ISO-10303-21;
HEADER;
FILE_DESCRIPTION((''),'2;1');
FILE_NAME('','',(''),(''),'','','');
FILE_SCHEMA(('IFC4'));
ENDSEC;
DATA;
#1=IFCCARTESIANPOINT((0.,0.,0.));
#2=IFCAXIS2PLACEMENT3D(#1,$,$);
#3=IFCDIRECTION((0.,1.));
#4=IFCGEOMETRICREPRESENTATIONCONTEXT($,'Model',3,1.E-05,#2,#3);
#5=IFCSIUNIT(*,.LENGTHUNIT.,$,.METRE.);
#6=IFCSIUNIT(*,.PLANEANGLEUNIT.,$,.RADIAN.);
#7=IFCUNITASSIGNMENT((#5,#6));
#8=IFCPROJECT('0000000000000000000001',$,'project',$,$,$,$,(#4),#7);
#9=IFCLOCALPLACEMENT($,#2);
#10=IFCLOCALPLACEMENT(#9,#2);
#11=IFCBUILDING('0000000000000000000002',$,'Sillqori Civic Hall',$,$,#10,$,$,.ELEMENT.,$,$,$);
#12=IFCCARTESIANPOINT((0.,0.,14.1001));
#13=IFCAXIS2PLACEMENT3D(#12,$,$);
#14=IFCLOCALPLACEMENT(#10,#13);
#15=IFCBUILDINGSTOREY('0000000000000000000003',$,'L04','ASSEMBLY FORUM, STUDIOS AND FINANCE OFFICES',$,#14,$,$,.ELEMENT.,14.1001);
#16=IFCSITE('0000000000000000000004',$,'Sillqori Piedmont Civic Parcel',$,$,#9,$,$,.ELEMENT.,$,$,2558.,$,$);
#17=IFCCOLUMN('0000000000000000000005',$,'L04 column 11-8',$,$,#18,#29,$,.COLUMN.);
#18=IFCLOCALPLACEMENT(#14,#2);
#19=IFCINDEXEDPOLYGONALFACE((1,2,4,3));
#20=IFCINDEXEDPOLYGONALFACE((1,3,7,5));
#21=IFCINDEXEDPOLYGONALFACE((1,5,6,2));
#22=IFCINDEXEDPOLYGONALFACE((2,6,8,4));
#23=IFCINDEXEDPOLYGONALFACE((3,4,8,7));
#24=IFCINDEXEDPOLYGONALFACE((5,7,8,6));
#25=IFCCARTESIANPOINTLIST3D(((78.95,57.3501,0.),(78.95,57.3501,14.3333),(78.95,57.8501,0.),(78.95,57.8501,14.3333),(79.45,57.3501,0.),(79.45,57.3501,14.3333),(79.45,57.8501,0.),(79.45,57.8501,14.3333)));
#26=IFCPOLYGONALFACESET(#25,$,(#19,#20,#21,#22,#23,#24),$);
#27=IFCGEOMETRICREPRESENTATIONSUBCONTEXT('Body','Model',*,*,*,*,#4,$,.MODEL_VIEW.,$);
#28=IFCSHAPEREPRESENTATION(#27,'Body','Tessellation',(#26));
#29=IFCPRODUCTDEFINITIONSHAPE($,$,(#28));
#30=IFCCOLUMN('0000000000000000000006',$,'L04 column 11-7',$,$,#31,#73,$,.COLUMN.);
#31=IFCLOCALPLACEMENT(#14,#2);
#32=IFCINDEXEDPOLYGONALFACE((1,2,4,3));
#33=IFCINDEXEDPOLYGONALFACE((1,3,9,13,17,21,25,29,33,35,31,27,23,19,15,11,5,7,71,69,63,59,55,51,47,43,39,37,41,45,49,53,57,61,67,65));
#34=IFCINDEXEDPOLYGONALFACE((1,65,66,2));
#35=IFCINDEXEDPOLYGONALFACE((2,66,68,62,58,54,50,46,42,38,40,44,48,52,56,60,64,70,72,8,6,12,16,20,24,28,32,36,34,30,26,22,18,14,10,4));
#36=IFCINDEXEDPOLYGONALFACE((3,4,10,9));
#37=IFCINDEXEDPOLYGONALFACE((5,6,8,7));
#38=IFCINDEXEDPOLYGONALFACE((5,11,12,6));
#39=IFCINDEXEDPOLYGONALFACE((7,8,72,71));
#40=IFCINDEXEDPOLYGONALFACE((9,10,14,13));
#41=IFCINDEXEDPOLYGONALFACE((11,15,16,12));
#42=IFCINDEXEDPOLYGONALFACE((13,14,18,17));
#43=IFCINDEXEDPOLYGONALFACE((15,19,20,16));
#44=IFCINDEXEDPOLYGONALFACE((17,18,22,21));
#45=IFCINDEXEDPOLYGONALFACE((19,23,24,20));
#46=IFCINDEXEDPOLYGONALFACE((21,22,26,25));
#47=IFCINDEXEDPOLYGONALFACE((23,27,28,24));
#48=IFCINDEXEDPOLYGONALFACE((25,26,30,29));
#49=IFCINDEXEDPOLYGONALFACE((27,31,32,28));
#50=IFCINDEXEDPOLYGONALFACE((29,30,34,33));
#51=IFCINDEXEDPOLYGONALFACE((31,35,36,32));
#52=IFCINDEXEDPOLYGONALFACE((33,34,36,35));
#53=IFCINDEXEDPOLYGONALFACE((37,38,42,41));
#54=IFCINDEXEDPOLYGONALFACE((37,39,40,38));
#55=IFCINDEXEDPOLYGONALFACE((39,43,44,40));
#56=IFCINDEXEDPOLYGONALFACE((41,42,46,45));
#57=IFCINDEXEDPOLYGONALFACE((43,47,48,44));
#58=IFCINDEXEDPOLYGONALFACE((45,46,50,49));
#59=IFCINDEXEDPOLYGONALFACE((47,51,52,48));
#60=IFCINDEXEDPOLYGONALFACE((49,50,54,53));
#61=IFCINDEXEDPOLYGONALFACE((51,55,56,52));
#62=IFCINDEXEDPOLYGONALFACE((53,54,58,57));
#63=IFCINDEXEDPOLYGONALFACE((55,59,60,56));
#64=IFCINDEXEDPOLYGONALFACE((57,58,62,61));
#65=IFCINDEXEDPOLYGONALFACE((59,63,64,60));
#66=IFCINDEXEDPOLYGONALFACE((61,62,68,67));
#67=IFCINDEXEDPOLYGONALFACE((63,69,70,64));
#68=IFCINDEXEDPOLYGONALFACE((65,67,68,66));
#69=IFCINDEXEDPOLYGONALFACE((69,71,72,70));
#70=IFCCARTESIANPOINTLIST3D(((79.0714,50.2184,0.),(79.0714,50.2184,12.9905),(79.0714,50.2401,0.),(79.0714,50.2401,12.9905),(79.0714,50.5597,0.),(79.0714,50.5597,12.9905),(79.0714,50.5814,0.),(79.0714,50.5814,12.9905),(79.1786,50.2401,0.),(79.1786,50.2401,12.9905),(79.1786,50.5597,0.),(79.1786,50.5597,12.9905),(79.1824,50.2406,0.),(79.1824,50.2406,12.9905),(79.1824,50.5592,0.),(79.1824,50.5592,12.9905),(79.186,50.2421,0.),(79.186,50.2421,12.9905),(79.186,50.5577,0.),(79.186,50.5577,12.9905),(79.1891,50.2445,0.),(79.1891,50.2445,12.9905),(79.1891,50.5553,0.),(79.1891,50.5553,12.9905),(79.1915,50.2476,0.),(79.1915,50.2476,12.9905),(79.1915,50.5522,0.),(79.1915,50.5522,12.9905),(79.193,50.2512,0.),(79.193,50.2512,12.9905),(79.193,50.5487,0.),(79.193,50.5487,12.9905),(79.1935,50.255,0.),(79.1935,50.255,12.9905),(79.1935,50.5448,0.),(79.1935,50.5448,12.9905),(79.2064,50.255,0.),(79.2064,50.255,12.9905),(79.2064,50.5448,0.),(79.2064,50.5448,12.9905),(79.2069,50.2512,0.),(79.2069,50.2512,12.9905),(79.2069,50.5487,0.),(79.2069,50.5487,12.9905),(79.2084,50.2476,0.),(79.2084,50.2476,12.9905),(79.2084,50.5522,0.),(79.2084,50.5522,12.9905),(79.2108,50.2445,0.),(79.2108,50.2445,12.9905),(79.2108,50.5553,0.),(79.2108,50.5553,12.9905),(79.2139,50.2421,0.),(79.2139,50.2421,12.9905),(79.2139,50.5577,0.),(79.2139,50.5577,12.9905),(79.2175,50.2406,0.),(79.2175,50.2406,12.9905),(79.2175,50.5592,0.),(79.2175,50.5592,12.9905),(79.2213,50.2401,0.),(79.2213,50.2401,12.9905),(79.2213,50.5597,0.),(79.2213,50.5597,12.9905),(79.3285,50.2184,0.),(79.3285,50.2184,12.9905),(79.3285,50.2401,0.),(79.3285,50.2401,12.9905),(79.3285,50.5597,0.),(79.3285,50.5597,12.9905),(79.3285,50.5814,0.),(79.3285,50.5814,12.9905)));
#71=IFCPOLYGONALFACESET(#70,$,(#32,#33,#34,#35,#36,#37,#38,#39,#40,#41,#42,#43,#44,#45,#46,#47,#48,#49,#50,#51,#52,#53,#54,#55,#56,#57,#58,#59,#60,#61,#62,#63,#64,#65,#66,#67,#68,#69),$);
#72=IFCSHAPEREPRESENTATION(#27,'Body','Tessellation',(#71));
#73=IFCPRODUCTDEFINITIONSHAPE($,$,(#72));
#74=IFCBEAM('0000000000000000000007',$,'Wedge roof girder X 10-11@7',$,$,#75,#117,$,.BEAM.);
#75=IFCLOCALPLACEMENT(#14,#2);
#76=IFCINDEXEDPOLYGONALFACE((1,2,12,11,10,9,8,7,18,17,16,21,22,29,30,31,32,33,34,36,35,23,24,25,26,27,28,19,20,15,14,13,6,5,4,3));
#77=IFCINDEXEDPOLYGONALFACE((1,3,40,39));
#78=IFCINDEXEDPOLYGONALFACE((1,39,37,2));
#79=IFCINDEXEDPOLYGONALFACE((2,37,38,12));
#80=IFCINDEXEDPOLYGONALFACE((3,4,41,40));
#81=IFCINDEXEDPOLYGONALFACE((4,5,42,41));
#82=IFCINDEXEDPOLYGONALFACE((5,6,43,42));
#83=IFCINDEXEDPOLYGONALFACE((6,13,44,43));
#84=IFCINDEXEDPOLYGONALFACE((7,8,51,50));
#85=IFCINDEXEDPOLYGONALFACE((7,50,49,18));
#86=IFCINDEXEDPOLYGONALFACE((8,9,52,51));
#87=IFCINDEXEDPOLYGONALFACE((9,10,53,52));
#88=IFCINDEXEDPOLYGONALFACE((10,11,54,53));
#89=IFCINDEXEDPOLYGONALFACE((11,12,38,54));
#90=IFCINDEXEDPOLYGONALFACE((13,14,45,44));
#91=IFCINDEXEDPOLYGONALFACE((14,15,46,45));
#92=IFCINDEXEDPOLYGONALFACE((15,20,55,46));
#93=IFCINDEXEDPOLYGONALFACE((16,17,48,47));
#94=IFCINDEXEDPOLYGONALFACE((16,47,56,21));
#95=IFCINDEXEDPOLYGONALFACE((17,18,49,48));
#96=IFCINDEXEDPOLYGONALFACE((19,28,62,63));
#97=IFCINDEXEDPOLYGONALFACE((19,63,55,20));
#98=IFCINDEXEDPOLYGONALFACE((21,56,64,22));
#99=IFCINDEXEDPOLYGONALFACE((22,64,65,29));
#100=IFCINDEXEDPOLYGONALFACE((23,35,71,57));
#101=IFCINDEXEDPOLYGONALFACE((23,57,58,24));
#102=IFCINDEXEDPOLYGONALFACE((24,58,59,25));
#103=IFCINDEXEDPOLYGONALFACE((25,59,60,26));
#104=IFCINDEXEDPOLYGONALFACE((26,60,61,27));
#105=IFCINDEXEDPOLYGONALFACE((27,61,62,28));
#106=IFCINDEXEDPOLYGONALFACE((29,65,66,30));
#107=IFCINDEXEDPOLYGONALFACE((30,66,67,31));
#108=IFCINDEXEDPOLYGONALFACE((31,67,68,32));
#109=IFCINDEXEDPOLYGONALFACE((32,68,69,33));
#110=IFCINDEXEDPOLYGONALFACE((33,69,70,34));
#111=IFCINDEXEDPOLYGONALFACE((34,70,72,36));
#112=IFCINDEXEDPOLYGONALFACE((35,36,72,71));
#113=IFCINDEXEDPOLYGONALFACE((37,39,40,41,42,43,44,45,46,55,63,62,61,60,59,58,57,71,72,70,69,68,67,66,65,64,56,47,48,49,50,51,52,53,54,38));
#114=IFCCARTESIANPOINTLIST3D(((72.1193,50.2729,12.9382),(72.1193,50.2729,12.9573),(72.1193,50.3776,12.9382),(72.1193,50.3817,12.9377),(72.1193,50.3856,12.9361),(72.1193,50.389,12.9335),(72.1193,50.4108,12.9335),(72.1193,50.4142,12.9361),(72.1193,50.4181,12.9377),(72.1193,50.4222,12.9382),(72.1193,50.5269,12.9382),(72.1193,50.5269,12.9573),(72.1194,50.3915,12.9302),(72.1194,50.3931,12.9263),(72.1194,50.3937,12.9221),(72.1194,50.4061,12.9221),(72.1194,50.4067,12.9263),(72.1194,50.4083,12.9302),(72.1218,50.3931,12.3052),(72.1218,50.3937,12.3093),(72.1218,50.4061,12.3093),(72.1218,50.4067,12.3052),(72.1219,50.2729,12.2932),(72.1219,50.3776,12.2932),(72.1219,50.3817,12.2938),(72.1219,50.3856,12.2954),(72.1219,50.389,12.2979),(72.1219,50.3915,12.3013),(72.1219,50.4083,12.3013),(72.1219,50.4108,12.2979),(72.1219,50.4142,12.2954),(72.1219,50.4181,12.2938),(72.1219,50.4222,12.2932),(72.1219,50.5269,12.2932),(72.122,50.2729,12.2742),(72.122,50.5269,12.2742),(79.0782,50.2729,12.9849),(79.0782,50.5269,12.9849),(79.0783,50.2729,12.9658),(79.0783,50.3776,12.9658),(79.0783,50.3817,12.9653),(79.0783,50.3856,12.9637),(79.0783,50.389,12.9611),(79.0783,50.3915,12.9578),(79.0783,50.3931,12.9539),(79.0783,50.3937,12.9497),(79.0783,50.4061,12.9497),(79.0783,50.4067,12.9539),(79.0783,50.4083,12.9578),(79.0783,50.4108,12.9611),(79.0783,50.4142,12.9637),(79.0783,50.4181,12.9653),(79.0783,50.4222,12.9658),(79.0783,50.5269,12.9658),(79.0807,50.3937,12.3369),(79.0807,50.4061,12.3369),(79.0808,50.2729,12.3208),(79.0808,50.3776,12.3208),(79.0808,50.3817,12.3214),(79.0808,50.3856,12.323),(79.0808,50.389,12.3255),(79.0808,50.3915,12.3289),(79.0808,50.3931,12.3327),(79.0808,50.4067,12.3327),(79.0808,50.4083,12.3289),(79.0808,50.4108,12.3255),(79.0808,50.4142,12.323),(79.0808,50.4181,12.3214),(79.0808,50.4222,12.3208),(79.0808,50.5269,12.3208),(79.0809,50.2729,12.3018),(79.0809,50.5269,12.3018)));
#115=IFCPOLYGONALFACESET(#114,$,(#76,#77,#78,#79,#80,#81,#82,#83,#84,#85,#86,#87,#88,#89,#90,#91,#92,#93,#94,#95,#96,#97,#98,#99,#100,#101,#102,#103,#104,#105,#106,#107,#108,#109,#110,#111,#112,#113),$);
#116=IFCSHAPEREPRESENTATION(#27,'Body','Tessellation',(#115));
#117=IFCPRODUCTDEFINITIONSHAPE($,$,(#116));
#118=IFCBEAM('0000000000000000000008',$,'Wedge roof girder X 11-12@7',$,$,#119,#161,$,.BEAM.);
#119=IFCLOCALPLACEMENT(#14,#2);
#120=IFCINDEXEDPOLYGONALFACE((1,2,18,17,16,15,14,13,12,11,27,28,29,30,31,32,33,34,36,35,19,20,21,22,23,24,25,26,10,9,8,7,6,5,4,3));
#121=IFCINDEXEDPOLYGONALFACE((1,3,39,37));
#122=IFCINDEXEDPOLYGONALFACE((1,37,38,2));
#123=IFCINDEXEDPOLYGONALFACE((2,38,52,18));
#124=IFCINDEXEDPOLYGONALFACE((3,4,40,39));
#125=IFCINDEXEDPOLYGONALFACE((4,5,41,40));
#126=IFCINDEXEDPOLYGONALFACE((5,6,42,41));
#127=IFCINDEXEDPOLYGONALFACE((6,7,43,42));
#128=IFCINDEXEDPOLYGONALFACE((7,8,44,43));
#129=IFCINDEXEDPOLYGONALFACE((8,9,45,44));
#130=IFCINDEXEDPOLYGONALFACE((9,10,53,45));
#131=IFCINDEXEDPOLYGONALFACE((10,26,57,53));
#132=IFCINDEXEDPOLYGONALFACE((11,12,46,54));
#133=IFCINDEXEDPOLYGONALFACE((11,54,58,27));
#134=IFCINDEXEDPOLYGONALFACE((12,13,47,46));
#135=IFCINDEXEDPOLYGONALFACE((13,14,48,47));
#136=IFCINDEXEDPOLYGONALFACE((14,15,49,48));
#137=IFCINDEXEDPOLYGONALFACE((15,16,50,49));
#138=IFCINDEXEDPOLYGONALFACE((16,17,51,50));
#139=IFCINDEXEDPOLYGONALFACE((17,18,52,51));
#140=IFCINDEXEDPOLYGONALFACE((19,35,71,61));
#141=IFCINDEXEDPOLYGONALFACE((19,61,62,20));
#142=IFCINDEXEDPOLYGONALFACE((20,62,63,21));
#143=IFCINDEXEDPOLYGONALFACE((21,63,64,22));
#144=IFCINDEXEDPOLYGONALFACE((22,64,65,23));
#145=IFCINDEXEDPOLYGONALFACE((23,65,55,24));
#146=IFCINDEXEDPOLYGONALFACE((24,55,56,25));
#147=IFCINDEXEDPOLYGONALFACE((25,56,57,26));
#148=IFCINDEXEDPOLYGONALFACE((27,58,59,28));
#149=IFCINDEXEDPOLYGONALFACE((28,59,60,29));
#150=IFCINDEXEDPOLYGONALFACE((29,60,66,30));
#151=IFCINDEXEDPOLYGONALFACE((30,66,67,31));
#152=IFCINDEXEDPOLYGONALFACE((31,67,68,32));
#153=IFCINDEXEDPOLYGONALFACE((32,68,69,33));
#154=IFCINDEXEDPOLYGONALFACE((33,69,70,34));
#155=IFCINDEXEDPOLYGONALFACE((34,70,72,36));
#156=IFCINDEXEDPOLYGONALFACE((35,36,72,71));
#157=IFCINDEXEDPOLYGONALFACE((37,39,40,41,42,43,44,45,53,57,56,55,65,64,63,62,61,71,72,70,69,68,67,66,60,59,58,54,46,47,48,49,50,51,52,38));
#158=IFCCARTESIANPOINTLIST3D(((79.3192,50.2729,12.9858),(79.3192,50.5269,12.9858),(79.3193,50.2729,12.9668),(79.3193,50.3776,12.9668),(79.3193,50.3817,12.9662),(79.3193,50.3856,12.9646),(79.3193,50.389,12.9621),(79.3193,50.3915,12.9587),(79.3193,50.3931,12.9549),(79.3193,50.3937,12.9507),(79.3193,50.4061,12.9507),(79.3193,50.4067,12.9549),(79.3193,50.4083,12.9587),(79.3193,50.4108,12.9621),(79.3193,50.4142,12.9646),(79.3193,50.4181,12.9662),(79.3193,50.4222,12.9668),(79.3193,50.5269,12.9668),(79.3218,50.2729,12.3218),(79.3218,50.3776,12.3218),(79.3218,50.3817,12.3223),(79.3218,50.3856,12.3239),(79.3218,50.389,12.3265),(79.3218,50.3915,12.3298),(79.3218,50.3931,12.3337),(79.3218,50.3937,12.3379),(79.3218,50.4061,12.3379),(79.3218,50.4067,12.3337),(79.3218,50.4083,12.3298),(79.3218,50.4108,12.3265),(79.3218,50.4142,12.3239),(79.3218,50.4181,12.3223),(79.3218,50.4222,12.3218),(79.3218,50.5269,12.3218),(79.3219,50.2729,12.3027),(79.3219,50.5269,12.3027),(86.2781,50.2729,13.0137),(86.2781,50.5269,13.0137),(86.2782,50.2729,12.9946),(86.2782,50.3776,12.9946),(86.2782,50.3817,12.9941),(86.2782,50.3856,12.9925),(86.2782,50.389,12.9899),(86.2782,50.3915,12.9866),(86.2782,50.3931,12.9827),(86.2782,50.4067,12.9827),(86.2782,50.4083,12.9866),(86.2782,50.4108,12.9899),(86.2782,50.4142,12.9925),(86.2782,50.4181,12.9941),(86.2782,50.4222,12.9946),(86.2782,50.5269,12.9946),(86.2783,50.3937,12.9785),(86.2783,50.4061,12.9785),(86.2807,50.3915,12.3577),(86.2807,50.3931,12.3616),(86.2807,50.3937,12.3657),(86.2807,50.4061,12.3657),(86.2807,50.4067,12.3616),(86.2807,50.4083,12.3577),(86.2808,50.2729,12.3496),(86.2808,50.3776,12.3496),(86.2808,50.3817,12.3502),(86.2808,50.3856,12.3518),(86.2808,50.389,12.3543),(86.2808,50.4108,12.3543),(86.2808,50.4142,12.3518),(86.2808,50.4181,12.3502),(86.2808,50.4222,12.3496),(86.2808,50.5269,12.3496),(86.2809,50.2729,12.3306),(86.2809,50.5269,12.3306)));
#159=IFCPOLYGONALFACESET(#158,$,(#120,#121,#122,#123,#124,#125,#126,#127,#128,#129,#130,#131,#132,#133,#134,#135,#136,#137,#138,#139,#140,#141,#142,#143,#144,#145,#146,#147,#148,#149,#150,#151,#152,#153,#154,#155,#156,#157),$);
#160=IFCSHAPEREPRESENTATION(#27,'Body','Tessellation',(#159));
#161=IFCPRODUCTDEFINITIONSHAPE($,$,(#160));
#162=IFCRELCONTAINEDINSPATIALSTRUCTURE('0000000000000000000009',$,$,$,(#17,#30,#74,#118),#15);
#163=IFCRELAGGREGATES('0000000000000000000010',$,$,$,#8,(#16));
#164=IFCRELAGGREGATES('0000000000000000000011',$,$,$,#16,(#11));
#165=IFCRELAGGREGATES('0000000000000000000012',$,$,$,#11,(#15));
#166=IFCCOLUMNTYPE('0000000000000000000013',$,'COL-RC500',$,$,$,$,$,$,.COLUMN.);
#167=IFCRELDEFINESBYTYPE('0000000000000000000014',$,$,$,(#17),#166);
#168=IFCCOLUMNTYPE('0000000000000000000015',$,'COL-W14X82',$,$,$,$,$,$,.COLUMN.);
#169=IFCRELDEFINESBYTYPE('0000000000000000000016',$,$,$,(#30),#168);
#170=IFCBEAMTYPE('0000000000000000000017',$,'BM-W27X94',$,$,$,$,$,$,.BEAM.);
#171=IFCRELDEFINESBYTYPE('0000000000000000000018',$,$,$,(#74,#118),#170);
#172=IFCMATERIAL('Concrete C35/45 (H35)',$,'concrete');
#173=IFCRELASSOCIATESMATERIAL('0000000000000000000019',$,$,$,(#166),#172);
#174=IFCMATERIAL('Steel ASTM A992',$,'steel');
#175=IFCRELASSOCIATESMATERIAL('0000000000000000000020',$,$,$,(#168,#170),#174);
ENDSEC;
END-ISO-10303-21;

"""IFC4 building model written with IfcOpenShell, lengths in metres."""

from ifc_helpers import new_model, si_unit, direction, frame, origin, origin_2d, place, context, subcontext, project, spatial, rectangle, i_section, extrude, material, material_profile, profile_set, type_object, element, save


model = new_model("IFC4")

# Units and contexts
model_context = context("Model", 3, precision=1e-05, world=origin(), true_north=direction((0.0, 1.0)))
body_context = subcontext(model_context, "Body", "Model", "MODEL_VIEW")
ifc_project = project(units=[si_unit("LENGTHUNIT", "METRE"), si_unit("PLANEANGLEUNIT", "RADIAN")], contexts=[model_context])

# Site, building, storey
site_placement = place(None, origin())
site = spatial("IfcSite", under=ifc_project, at=site_placement, Name="Sillqori Piedmont Civic Parcel", CompositionType="ELEMENT", RefElevation=2558.0)
building_placement = place(site_placement, origin())
building = spatial("IfcBuilding", under=site, at=building_placement, Name="Sillqori Civic Hall", CompositionType="ELEMENT")
storey_placement = place(building_placement, frame((0.0, 0.0, 14.1001)))
storey = spatial("IfcBuildingStorey", under=building, at=storey_placement, Name="L04", Description="ASSEMBLY FORUM, STUDIOS AND FINANCE OFFICES", CompositionType="ELEMENT", Elevation=14.1001)

# Columns
ifc_material_1 = material(Name="Concrete C35/45 (H35)", Category="concrete")
ifc_material_profile_1 = material_profile(ifc_material_1, rectangle(XDim=0.5, YDim=0.5, at=origin_2d()), Name="RC 500x500")
ifc_profile_set_1 = profile_set([ifc_material_profile_1], Name="Concrete C35/45 (H35)")
column_type_1 = type_object("IfcColumnType", Name="COL-RC500", PredefinedType="COLUMN", material=ifc_profile_set_1)
column_1_placement = place(storey_placement, frame((79.2, 57.6001, 0.0), z_axis=(0.0, 0.0, 1.0), x_axis=(1.0, 0.0, 0.0)))
element("IfcColumn", 1, at=column_1_placement, inside=storey, type_object=column_type_1, Name="L04 column 11-8", PredefinedType="COLUMN", context=body_context, shape_type="SweptSolid", body=[
    extrude(rectangle(XDim=0.5, YDim=0.5, at=origin_2d()), origin(), (0.0, 0.0, 1.0), 14.3333),
])
ifc_material_2 = material(Name="Steel ASTM A992", Category="steel")
ifc_material_profile_2 = material_profile(ifc_material_2, i_section(OverallWidth=0.2571, OverallDepth=0.363, WebThickness=0.0129, FlangeThickness=0.0217, FilletRadius=0.0149, at=origin_2d()), Name="W14X82")
ifc_profile_set_2 = profile_set([ifc_material_profile_2], Name="Steel ASTM A992")
column_type_2 = type_object("IfcColumnType", Name="COL-W14X82", PredefinedType="COLUMN", material=ifc_profile_set_2)
column_2_placement = place(storey_placement, frame((79.2, 50.3999, 0.0), z_axis=(0.0, 0.0, 1.0), x_axis=(1.0, 0.0, 0.0)))
element("IfcColumn", 2, at=column_2_placement, inside=storey, type_object=column_type_2, Name="L04 column 11-7", PredefinedType="COLUMN", context=body_context, shape_type="SweptSolid", body=[
    extrude(i_section(OverallWidth=0.2571, OverallDepth=0.363, WebThickness=0.0129, FlangeThickness=0.0217, FilletRadius=0.0149, at=origin_2d()), origin(), (0.0, 0.0, 1.0), 12.9905),
])

# Beams
ifc_material_profile_3 = material_profile(ifc_material_2, i_section(OverallWidth=0.2539, OverallDepth=0.6831, WebThickness=0.0125, FlangeThickness=0.019, FilletRadius=0.0161, at=origin_2d()), Name="W27X94")
ifc_profile_set_3 = profile_set([ifc_material_profile_3], Name="Steel ASTM A992")
beam_type_1 = type_object("IfcBeamType", Name="BM-W27X94", PredefinedType="BEAM", material=ifc_profile_set_3)
for number, where, z_axis, x_axis, name in (
    (3, (72.1206, 50.3999, 12.6157), (0.999992, 0.0, 0.003964), (0.0, 1.0, 0.0), "Wedge roof girder X 10-11@7"),
    (4, (79.3206, 50.3999, 12.6443), (0.999992, 0.0, 0.003999), (0.0, 1.0, 0.0), "Wedge roof girder X 11-12@7"),
):
    element("IfcBeam", number, at=place(storey_placement, frame(where, z_axis=z_axis, x_axis=x_axis)), inside=storey, type_object=beam_type_1, Name=name, PredefinedType="BEAM", context=body_context, shape_type="SweptSolid", body=[
        extrude(i_section(OverallWidth=0.2539, OverallDepth=0.6831, WebThickness=0.0125, FlangeThickness=0.019, FilletRadius=0.0161, at=origin_2d()), origin(), (0.0, 0.0, 1.0), 6.959),
    ])

save(model, "model.ifc")
